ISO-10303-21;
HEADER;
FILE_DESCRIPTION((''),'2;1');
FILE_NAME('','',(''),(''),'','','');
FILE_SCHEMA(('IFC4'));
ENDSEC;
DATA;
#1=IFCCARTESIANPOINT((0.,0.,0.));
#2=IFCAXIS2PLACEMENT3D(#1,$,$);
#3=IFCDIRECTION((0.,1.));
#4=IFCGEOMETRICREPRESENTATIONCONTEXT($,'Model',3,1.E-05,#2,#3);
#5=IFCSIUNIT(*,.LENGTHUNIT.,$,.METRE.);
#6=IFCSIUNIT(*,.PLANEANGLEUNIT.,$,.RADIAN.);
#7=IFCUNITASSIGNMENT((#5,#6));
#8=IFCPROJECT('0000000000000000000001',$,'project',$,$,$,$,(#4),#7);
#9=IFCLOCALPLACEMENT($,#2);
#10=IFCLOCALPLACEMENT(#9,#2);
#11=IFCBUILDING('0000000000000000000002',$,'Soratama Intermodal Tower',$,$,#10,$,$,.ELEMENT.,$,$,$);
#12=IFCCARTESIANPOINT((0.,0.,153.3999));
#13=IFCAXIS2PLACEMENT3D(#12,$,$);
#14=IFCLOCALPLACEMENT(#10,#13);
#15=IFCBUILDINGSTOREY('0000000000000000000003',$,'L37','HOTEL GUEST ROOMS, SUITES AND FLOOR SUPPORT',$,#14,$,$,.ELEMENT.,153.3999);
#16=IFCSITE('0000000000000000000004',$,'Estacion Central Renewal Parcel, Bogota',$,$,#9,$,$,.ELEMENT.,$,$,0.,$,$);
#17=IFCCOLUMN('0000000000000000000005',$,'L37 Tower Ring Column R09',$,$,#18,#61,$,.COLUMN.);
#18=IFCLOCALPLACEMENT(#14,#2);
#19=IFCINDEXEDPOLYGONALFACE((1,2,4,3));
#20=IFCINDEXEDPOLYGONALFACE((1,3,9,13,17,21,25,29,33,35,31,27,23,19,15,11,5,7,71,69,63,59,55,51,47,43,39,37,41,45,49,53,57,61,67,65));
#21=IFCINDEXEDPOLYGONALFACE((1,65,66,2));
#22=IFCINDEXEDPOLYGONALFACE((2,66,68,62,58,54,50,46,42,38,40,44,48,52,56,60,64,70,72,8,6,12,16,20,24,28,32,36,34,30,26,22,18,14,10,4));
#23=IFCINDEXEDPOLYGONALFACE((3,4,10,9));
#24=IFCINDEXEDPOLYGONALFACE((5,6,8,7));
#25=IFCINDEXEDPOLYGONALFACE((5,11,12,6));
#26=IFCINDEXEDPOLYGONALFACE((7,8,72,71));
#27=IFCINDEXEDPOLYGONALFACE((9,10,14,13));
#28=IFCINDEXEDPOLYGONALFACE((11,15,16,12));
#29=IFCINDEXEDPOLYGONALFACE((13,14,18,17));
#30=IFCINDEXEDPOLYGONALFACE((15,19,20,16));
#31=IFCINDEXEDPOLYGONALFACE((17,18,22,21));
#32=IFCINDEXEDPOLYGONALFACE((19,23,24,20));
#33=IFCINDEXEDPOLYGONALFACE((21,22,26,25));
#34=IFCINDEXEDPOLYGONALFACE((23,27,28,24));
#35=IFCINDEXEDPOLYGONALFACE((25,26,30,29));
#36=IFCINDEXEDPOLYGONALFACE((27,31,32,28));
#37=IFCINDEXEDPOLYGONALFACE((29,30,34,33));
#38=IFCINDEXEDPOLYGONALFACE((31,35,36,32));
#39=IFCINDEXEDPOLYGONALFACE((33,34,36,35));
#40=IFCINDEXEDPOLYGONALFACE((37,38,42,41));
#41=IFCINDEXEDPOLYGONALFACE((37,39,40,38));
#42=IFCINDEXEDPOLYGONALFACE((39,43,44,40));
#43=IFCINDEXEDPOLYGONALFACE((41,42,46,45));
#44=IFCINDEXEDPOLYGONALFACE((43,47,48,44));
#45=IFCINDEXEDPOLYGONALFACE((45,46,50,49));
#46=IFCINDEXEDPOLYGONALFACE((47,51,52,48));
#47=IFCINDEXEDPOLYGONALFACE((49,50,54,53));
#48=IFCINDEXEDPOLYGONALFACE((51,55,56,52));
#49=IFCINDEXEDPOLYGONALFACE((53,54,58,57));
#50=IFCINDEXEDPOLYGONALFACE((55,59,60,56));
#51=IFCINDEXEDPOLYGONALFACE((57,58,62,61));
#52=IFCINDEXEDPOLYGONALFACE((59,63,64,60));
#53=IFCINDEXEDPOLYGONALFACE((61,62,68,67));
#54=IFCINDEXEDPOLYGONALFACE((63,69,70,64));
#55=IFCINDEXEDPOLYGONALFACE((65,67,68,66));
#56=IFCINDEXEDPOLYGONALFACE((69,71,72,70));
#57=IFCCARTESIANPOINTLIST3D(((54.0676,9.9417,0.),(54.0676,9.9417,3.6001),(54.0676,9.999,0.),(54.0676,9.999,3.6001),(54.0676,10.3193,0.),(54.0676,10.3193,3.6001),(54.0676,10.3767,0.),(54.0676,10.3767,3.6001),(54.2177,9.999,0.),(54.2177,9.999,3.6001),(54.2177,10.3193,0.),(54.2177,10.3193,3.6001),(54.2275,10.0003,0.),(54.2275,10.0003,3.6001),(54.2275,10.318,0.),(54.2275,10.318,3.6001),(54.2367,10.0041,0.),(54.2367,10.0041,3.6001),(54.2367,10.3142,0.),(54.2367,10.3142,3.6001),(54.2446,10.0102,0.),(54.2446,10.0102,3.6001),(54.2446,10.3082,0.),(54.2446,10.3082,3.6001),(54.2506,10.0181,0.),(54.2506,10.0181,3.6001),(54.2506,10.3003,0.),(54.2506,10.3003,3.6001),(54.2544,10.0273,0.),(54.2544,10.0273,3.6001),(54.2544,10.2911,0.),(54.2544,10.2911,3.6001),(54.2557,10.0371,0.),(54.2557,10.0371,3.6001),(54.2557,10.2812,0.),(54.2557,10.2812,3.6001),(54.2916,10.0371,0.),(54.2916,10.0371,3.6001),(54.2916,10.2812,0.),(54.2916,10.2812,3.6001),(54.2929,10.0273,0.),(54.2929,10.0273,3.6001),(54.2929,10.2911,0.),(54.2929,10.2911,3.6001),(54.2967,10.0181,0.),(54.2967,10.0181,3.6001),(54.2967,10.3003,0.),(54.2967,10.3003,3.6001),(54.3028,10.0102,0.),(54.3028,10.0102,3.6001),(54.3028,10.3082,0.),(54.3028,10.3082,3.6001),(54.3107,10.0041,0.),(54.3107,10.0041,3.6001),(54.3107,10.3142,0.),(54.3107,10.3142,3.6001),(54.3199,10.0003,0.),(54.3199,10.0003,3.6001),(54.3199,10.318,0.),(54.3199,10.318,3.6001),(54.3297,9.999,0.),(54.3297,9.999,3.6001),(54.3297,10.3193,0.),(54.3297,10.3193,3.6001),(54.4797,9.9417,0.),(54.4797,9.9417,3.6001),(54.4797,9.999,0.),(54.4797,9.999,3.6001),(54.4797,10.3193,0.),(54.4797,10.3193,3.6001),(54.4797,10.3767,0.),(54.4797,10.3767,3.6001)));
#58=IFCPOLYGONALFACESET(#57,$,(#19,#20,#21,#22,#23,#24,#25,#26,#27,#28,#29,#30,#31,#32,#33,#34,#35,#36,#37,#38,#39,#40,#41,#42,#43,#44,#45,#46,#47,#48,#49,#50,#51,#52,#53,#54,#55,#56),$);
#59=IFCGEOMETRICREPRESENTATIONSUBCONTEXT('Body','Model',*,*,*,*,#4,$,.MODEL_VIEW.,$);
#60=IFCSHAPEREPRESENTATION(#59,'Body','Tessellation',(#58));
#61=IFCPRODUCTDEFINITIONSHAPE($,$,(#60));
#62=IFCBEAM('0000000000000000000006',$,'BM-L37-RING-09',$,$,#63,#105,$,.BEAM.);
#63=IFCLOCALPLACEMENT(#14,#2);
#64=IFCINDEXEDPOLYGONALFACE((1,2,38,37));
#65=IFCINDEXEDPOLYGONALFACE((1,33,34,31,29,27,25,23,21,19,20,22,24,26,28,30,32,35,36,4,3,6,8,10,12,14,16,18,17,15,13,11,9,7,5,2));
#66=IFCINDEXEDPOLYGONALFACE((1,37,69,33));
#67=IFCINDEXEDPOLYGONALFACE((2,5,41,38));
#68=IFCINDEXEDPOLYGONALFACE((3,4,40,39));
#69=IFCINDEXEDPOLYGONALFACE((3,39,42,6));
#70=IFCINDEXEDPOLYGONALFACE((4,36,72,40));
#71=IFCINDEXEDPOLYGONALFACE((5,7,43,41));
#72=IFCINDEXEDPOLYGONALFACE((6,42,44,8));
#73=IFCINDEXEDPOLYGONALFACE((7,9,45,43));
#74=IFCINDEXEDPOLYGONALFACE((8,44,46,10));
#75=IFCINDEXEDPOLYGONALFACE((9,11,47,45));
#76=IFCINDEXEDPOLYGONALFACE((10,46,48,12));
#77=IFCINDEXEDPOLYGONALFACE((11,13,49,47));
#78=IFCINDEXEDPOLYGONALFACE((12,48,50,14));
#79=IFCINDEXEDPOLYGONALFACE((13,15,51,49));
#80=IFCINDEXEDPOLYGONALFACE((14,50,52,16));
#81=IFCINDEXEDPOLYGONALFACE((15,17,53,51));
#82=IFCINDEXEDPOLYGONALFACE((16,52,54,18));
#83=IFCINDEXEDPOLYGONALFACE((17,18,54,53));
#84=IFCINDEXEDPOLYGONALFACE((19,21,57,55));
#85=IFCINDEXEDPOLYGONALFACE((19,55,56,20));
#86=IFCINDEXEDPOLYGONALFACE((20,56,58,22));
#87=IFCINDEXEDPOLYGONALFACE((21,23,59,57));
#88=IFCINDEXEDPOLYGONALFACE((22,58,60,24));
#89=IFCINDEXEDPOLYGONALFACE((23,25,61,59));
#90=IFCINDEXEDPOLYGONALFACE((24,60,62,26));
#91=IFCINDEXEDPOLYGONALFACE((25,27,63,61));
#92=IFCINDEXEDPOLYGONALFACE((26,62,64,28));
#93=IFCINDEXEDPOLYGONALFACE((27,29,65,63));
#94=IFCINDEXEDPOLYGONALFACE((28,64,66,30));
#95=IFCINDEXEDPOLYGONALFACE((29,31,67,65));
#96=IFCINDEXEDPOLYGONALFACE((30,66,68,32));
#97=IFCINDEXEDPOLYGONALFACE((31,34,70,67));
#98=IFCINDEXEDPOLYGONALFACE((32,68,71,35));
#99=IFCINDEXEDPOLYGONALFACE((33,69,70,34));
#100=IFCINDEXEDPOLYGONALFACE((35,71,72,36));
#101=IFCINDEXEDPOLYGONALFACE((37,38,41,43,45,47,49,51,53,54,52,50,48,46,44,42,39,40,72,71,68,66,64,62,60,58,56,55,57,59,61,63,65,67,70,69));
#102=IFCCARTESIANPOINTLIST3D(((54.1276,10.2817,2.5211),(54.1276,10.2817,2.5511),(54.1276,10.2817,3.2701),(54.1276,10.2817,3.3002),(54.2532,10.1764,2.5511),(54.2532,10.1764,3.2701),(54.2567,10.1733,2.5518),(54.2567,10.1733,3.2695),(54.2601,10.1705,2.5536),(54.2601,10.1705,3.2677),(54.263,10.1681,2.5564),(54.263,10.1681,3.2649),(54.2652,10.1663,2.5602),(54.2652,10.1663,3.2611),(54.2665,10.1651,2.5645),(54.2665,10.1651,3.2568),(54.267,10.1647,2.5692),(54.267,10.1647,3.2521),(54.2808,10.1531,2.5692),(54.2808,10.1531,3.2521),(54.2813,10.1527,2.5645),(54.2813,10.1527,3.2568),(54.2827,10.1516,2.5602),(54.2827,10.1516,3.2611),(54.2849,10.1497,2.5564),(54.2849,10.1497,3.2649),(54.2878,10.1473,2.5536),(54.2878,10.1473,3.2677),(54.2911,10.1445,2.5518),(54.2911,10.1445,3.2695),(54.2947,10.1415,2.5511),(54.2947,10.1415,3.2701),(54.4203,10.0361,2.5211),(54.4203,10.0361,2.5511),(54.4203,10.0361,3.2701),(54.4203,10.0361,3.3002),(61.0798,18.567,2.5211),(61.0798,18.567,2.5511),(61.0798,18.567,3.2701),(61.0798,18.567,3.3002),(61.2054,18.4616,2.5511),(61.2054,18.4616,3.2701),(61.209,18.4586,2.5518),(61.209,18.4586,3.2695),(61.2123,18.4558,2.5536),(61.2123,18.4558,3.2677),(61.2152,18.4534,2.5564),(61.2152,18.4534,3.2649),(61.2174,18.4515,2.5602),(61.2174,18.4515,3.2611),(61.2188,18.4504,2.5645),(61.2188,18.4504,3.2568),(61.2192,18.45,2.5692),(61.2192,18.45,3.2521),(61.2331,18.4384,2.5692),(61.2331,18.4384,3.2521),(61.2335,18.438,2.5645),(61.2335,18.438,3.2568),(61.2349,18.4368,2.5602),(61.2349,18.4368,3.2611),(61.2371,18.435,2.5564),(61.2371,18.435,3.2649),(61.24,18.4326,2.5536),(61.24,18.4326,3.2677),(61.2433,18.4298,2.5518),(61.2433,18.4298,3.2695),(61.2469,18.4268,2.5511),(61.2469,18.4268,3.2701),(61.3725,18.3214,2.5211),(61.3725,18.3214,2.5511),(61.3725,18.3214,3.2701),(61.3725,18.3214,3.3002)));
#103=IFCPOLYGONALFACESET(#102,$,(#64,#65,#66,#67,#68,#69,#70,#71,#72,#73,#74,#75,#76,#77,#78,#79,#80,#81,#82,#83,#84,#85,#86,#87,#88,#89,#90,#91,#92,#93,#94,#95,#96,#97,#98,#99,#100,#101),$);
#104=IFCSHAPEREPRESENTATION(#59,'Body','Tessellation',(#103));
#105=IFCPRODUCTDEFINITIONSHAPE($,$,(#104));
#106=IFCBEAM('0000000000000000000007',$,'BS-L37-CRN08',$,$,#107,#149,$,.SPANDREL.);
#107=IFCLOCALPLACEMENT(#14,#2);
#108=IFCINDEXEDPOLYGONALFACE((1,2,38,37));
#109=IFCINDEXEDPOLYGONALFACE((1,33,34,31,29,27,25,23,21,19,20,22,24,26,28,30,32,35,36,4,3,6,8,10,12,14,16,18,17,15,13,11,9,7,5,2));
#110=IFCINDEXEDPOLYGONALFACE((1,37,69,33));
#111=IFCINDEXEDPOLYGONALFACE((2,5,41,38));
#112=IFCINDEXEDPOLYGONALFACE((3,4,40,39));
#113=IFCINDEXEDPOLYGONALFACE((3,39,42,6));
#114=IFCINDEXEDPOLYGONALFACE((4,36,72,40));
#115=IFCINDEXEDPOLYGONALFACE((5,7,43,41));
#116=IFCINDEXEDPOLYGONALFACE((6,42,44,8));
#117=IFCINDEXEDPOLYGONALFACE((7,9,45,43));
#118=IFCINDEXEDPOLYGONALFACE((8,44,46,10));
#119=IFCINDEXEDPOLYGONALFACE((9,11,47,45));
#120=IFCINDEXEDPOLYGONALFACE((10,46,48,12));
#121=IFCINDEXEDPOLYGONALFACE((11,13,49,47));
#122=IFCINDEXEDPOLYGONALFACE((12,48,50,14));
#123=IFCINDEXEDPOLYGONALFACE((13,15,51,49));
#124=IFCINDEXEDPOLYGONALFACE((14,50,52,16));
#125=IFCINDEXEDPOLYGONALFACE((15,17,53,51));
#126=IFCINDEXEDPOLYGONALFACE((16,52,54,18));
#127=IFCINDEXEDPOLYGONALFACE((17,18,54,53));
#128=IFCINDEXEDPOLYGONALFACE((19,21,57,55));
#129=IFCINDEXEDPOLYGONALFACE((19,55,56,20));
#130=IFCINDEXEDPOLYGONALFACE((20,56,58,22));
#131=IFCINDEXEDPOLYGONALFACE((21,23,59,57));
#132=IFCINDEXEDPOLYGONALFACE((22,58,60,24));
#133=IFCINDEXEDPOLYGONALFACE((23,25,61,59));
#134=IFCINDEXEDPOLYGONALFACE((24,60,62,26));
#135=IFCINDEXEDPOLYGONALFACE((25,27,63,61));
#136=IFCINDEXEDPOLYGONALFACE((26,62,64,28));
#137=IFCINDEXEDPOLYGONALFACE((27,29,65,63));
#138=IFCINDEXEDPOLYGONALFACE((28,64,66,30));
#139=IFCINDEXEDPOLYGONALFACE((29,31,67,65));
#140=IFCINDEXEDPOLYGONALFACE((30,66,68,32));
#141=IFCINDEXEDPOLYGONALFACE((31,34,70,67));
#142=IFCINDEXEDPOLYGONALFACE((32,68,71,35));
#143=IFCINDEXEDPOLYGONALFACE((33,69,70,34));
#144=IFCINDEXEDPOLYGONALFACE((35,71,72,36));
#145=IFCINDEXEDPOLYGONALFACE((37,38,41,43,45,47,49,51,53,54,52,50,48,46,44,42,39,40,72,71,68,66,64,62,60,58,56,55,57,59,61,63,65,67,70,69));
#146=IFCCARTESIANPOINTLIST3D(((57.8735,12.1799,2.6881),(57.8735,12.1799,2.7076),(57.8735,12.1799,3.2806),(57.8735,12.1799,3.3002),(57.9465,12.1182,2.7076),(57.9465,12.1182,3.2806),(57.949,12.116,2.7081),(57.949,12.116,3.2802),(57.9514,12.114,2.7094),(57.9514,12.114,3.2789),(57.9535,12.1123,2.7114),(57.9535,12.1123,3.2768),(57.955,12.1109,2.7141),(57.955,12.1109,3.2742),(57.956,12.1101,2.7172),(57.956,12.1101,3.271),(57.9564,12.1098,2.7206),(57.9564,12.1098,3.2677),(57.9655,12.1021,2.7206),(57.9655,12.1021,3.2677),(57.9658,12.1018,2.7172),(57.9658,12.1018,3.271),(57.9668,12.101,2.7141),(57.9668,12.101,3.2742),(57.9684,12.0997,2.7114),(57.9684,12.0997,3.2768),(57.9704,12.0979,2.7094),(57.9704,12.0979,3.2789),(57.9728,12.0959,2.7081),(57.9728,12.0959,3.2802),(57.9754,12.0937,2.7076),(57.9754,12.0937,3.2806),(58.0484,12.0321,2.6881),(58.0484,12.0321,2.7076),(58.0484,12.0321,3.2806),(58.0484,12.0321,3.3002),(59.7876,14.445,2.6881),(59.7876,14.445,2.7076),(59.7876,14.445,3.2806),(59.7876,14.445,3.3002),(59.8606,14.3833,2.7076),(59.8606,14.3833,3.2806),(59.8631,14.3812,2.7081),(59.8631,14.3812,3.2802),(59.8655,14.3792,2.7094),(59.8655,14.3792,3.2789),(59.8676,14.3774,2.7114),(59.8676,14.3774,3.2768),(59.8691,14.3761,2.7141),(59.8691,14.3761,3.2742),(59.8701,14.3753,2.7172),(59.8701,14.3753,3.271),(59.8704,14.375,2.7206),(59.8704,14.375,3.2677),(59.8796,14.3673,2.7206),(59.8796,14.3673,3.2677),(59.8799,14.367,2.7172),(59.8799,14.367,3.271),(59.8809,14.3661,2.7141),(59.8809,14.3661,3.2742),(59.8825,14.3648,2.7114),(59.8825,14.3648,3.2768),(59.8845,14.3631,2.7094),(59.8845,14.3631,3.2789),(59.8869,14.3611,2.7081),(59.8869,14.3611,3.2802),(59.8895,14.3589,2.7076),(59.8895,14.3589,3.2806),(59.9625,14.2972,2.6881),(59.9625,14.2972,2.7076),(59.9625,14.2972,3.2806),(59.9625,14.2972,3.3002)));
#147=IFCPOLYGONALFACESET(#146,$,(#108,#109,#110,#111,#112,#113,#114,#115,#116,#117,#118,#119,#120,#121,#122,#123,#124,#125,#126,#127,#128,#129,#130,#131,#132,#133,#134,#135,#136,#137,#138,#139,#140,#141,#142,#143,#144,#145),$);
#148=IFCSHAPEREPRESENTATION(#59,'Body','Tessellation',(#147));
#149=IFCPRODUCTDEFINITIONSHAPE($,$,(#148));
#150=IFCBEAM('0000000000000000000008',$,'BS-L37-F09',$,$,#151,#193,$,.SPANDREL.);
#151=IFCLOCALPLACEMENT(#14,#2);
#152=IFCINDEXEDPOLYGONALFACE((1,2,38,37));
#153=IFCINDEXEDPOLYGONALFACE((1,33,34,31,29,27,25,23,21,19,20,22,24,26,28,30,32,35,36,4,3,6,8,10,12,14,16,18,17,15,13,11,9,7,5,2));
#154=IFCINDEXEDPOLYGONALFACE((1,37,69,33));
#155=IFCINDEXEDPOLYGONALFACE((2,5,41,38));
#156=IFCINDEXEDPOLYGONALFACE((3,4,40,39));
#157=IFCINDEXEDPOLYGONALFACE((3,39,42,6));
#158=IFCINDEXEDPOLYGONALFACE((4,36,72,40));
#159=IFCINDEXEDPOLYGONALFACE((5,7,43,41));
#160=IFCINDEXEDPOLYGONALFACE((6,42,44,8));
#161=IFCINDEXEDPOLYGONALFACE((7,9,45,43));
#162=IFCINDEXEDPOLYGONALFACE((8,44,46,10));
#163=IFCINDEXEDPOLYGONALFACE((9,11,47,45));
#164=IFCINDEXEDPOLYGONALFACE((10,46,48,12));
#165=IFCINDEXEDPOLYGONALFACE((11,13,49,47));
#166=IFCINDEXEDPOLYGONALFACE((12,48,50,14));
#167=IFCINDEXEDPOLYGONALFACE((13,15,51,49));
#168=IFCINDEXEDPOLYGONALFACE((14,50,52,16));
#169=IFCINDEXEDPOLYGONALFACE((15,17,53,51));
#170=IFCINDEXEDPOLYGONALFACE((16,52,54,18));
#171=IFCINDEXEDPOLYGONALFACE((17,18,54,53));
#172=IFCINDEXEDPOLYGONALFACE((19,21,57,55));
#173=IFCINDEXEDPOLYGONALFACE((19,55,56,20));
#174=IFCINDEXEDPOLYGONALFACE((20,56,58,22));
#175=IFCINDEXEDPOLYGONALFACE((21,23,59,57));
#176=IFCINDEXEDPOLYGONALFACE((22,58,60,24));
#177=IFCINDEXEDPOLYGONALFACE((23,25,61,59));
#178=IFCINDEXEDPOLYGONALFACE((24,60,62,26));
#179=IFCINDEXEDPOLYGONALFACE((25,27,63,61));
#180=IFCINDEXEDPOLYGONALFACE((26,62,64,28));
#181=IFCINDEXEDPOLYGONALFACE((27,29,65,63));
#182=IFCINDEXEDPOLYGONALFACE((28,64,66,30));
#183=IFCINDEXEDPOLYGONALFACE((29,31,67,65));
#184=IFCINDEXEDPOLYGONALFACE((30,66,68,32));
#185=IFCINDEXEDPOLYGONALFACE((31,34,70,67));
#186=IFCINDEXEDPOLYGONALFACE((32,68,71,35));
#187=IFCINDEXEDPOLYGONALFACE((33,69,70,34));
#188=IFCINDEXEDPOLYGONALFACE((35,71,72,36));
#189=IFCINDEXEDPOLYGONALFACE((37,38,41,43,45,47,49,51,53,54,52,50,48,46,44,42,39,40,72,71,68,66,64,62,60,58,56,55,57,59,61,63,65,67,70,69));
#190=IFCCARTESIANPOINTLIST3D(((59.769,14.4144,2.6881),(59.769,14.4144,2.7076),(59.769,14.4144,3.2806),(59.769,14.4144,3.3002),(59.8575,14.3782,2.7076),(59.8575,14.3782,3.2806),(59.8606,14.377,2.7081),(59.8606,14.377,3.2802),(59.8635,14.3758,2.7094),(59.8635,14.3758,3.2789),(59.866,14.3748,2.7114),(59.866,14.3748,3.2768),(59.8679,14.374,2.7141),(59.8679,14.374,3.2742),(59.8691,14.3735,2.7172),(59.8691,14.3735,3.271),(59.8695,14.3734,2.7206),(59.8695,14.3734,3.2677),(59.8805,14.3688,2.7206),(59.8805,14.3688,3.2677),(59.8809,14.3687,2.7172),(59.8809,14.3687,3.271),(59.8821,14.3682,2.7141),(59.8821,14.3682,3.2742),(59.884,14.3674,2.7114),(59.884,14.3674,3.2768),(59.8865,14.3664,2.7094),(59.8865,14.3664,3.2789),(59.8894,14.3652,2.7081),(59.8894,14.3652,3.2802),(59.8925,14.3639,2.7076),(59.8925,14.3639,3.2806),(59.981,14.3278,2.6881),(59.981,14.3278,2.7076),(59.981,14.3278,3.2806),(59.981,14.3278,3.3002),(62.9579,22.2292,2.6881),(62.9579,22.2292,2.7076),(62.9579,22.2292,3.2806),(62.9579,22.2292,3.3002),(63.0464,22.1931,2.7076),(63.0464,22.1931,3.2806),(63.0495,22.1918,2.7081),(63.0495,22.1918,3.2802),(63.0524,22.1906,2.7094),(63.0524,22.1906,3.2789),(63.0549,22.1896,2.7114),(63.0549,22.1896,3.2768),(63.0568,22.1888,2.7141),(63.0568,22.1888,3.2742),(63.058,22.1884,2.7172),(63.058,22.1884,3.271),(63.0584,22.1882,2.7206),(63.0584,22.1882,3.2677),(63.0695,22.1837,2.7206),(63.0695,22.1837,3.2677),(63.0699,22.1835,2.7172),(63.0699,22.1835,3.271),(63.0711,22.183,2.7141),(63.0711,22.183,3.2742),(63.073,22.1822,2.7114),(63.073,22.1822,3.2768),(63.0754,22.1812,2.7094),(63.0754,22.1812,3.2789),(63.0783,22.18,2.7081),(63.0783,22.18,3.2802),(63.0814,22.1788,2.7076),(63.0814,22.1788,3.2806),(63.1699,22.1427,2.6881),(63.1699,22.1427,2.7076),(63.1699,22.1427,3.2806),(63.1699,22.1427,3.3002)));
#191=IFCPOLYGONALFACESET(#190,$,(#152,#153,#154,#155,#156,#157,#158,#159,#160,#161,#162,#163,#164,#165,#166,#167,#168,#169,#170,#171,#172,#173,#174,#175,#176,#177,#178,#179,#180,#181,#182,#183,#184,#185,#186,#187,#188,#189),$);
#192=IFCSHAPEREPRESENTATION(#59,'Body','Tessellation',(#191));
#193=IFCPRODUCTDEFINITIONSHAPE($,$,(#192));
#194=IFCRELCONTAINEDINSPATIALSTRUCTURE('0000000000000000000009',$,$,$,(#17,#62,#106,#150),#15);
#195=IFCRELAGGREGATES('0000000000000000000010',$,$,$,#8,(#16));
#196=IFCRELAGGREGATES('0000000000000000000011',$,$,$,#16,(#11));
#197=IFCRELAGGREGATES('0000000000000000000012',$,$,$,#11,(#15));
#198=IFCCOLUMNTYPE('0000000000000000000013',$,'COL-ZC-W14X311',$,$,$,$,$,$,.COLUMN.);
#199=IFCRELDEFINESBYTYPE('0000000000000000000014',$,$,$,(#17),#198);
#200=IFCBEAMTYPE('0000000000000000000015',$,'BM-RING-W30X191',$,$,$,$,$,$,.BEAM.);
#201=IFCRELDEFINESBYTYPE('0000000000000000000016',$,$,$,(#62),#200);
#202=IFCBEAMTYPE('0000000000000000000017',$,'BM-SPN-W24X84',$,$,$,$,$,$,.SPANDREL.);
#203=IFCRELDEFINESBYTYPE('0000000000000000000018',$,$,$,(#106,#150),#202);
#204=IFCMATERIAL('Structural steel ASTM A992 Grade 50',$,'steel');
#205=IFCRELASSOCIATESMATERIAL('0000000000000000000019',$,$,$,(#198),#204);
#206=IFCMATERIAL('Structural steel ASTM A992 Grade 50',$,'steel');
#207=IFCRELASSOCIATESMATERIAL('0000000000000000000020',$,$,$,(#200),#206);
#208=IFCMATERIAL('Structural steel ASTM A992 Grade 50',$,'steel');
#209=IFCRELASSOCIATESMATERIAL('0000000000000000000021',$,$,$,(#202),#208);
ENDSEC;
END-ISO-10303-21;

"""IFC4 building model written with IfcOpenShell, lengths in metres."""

from ifc_helpers import new_model, si_unit, direction, frame, origin, origin_2d, place, context, subcontext, project, spatial, i_section, extrude, material, material_profile, profile_set, type_object, element, save


model = new_model("IFC4")

# Units and contexts
model_context = context("Model", 3, precision=1e-05, world=origin(), true_north=direction((0.0, 1.0)))
body_context = subcontext(model_context, "Body", "Model", "MODEL_VIEW")
ifc_project = project(units=[si_unit("LENGTHUNIT", "METRE"), si_unit("PLANEANGLEUNIT", "RADIAN")], contexts=[model_context])

# Site, building, storey
site_placement = place(None, origin())
site = spatial("IfcSite", under=ifc_project, at=site_placement, Name="Estacion Central Renewal Parcel, Bogota", CompositionType="ELEMENT", RefElevation=0.0)
building_placement = place(site_placement, origin())
building = spatial("IfcBuilding", under=site, at=building_placement, Name="Soratama Intermodal Tower", CompositionType="ELEMENT")
storey_placement = place(building_placement, frame((0.0, 0.0, 153.3999)))
storey = spatial("IfcBuildingStorey", under=building, at=storey_placement, Name="L37", Description="HOTEL GUEST ROOMS, SUITES AND FLOOR SUPPORT", CompositionType="ELEMENT", Elevation=153.3999)

# Column
ifc_material_1 = material(Name="Structural steel ASTM A992 Grade 50", Category="steel")
ifc_material_profile_1 = material_profile(ifc_material_1, i_section(OverallWidth=0.4121, OverallDepth=0.4351, WebThickness=0.0359, FlangeThickness=0.0574, FilletRadius=0.0381, at=origin_2d()), Name="W14X311")
ifc_profile_set_1 = profile_set([ifc_material_profile_1], Name="Structural steel ASTM A992 Grade 50")
column_type = type_object("IfcColumnType", Name="COL-ZC-W14X311", PredefinedType="COLUMN", material=ifc_profile_set_1)
column_placement = place(storey_placement, frame((54.2737, 10.1592, 0.0), z_axis=(0.0, 0.0, 1.0), x_axis=(1.0, 0.0, 0.0)))
element("IfcColumn", 1, at=column_placement, inside=storey, type_object=column_type, Name="L37 Tower Ring Column R09", PredefinedType="COLUMN", context=body_context, shape_type="SweptSolid", body=[
    extrude(i_section(OverallWidth=0.4121, OverallDepth=0.4351, WebThickness=0.0359, FlangeThickness=0.0574, FilletRadius=0.0381, at=origin_2d()), origin(), (0.0, 0.0, 1.0), 3.6001),
])

# Beams
ifc_material_2 = material(Name="Structural steel ASTM A992 Grade 50", Category="steel")
ifc_material_profile_2 = material_profile(ifc_material_2, i_section(OverallWidth=0.3821, OverallDepth=0.7791, WebThickness=0.0181, FlangeThickness=0.03, FilletRadius=0.0181, at=origin_2d()), Name="W30X191")
ifc_profile_set_2 = profile_set([ifc_material_profile_2], Name="Structural steel ASTM A992 Grade 50")
beam_type_1 = type_object("IfcBeamType", Name="BM-RING-W30X191", PredefinedType="BEAM", material=ifc_profile_set_2)
beam_1_placement = place(storey_placement, frame((54.2739, 10.1589, 2.9106), z_axis=(0.642792, 0.766041, 0.0), x_axis=(-0.766041, 0.642792, 0.0)))
element("IfcBeam", 2, at=beam_1_placement, inside=storey, type_object=beam_type_1, Name="BM-L37-RING-09", PredefinedType="BEAM", context=body_context, shape_type="SweptSolid", body=[
    extrude(i_section(OverallWidth=0.3821, OverallDepth=0.7791, WebThickness=0.0181, FlangeThickness=0.03, FilletRadius=0.0181, at=origin_2d()), origin(), (0.0, 0.0, 1.0), 10.8157),
])
ifc_material_3 = material(Name="Structural steel ASTM A992 Grade 50", Category="steel")
ifc_material_profile_3 = material_profile(ifc_material_3, i_section(OverallWidth=0.229, OverallDepth=0.6121, WebThickness=0.012, FlangeThickness=0.0195, FilletRadius=0.0129, at=origin_2d()), Name="W24X84")
ifc_profile_set_3 = profile_set([ifc_material_profile_3], Name="Structural steel ASTM A992 Grade 50")
beam_type_2 = type_object("IfcBeamType", Name="BM-SPN-W24X84", PredefinedType="SPANDREL", material=ifc_profile_set_3)
beam_2_placement = place(storey_placement, frame((57.9609, 12.106, 2.9941), z_axis=(0.645433, 0.763817, 0.0), x_axis=(-0.763817, 0.645433, 0.0)))
element("IfcBeam", 3, at=beam_2_placement, inside=storey, type_object=beam_type_2, Name="BS-L37-CRN08", PredefinedType="SPANDREL", context=body_context, shape_type="SweptSolid", body=[
    extrude(i_section(OverallWidth=0.229, OverallDepth=0.6121, WebThickness=0.012, FlangeThickness=0.0195, FilletRadius=0.0129, at=origin_2d()), origin(), (0.0, 0.0, 1.0), 2.9656),
])
beam_3_placement = place(storey_placement, frame((59.875, 14.3711, 2.9941), z_axis=(0.377815, 0.925881, 0.0), x_axis=(-0.925881, 0.377815, 0.0)))
element("IfcBeam", 4, at=beam_3_placement, inside=storey, type_object=beam_type_2, Name="BS-L37-F09", PredefinedType="SPANDREL", context=body_context, shape_type="SweptSolid", body=[
    extrude(i_section(OverallWidth=0.229, OverallDepth=0.6121, WebThickness=0.012, FlangeThickness=0.0195, FilletRadius=0.0129, at=origin_2d()), origin(), (0.0, 0.0, 1.0), 8.4404),
])

save(model, "model.ifc")
